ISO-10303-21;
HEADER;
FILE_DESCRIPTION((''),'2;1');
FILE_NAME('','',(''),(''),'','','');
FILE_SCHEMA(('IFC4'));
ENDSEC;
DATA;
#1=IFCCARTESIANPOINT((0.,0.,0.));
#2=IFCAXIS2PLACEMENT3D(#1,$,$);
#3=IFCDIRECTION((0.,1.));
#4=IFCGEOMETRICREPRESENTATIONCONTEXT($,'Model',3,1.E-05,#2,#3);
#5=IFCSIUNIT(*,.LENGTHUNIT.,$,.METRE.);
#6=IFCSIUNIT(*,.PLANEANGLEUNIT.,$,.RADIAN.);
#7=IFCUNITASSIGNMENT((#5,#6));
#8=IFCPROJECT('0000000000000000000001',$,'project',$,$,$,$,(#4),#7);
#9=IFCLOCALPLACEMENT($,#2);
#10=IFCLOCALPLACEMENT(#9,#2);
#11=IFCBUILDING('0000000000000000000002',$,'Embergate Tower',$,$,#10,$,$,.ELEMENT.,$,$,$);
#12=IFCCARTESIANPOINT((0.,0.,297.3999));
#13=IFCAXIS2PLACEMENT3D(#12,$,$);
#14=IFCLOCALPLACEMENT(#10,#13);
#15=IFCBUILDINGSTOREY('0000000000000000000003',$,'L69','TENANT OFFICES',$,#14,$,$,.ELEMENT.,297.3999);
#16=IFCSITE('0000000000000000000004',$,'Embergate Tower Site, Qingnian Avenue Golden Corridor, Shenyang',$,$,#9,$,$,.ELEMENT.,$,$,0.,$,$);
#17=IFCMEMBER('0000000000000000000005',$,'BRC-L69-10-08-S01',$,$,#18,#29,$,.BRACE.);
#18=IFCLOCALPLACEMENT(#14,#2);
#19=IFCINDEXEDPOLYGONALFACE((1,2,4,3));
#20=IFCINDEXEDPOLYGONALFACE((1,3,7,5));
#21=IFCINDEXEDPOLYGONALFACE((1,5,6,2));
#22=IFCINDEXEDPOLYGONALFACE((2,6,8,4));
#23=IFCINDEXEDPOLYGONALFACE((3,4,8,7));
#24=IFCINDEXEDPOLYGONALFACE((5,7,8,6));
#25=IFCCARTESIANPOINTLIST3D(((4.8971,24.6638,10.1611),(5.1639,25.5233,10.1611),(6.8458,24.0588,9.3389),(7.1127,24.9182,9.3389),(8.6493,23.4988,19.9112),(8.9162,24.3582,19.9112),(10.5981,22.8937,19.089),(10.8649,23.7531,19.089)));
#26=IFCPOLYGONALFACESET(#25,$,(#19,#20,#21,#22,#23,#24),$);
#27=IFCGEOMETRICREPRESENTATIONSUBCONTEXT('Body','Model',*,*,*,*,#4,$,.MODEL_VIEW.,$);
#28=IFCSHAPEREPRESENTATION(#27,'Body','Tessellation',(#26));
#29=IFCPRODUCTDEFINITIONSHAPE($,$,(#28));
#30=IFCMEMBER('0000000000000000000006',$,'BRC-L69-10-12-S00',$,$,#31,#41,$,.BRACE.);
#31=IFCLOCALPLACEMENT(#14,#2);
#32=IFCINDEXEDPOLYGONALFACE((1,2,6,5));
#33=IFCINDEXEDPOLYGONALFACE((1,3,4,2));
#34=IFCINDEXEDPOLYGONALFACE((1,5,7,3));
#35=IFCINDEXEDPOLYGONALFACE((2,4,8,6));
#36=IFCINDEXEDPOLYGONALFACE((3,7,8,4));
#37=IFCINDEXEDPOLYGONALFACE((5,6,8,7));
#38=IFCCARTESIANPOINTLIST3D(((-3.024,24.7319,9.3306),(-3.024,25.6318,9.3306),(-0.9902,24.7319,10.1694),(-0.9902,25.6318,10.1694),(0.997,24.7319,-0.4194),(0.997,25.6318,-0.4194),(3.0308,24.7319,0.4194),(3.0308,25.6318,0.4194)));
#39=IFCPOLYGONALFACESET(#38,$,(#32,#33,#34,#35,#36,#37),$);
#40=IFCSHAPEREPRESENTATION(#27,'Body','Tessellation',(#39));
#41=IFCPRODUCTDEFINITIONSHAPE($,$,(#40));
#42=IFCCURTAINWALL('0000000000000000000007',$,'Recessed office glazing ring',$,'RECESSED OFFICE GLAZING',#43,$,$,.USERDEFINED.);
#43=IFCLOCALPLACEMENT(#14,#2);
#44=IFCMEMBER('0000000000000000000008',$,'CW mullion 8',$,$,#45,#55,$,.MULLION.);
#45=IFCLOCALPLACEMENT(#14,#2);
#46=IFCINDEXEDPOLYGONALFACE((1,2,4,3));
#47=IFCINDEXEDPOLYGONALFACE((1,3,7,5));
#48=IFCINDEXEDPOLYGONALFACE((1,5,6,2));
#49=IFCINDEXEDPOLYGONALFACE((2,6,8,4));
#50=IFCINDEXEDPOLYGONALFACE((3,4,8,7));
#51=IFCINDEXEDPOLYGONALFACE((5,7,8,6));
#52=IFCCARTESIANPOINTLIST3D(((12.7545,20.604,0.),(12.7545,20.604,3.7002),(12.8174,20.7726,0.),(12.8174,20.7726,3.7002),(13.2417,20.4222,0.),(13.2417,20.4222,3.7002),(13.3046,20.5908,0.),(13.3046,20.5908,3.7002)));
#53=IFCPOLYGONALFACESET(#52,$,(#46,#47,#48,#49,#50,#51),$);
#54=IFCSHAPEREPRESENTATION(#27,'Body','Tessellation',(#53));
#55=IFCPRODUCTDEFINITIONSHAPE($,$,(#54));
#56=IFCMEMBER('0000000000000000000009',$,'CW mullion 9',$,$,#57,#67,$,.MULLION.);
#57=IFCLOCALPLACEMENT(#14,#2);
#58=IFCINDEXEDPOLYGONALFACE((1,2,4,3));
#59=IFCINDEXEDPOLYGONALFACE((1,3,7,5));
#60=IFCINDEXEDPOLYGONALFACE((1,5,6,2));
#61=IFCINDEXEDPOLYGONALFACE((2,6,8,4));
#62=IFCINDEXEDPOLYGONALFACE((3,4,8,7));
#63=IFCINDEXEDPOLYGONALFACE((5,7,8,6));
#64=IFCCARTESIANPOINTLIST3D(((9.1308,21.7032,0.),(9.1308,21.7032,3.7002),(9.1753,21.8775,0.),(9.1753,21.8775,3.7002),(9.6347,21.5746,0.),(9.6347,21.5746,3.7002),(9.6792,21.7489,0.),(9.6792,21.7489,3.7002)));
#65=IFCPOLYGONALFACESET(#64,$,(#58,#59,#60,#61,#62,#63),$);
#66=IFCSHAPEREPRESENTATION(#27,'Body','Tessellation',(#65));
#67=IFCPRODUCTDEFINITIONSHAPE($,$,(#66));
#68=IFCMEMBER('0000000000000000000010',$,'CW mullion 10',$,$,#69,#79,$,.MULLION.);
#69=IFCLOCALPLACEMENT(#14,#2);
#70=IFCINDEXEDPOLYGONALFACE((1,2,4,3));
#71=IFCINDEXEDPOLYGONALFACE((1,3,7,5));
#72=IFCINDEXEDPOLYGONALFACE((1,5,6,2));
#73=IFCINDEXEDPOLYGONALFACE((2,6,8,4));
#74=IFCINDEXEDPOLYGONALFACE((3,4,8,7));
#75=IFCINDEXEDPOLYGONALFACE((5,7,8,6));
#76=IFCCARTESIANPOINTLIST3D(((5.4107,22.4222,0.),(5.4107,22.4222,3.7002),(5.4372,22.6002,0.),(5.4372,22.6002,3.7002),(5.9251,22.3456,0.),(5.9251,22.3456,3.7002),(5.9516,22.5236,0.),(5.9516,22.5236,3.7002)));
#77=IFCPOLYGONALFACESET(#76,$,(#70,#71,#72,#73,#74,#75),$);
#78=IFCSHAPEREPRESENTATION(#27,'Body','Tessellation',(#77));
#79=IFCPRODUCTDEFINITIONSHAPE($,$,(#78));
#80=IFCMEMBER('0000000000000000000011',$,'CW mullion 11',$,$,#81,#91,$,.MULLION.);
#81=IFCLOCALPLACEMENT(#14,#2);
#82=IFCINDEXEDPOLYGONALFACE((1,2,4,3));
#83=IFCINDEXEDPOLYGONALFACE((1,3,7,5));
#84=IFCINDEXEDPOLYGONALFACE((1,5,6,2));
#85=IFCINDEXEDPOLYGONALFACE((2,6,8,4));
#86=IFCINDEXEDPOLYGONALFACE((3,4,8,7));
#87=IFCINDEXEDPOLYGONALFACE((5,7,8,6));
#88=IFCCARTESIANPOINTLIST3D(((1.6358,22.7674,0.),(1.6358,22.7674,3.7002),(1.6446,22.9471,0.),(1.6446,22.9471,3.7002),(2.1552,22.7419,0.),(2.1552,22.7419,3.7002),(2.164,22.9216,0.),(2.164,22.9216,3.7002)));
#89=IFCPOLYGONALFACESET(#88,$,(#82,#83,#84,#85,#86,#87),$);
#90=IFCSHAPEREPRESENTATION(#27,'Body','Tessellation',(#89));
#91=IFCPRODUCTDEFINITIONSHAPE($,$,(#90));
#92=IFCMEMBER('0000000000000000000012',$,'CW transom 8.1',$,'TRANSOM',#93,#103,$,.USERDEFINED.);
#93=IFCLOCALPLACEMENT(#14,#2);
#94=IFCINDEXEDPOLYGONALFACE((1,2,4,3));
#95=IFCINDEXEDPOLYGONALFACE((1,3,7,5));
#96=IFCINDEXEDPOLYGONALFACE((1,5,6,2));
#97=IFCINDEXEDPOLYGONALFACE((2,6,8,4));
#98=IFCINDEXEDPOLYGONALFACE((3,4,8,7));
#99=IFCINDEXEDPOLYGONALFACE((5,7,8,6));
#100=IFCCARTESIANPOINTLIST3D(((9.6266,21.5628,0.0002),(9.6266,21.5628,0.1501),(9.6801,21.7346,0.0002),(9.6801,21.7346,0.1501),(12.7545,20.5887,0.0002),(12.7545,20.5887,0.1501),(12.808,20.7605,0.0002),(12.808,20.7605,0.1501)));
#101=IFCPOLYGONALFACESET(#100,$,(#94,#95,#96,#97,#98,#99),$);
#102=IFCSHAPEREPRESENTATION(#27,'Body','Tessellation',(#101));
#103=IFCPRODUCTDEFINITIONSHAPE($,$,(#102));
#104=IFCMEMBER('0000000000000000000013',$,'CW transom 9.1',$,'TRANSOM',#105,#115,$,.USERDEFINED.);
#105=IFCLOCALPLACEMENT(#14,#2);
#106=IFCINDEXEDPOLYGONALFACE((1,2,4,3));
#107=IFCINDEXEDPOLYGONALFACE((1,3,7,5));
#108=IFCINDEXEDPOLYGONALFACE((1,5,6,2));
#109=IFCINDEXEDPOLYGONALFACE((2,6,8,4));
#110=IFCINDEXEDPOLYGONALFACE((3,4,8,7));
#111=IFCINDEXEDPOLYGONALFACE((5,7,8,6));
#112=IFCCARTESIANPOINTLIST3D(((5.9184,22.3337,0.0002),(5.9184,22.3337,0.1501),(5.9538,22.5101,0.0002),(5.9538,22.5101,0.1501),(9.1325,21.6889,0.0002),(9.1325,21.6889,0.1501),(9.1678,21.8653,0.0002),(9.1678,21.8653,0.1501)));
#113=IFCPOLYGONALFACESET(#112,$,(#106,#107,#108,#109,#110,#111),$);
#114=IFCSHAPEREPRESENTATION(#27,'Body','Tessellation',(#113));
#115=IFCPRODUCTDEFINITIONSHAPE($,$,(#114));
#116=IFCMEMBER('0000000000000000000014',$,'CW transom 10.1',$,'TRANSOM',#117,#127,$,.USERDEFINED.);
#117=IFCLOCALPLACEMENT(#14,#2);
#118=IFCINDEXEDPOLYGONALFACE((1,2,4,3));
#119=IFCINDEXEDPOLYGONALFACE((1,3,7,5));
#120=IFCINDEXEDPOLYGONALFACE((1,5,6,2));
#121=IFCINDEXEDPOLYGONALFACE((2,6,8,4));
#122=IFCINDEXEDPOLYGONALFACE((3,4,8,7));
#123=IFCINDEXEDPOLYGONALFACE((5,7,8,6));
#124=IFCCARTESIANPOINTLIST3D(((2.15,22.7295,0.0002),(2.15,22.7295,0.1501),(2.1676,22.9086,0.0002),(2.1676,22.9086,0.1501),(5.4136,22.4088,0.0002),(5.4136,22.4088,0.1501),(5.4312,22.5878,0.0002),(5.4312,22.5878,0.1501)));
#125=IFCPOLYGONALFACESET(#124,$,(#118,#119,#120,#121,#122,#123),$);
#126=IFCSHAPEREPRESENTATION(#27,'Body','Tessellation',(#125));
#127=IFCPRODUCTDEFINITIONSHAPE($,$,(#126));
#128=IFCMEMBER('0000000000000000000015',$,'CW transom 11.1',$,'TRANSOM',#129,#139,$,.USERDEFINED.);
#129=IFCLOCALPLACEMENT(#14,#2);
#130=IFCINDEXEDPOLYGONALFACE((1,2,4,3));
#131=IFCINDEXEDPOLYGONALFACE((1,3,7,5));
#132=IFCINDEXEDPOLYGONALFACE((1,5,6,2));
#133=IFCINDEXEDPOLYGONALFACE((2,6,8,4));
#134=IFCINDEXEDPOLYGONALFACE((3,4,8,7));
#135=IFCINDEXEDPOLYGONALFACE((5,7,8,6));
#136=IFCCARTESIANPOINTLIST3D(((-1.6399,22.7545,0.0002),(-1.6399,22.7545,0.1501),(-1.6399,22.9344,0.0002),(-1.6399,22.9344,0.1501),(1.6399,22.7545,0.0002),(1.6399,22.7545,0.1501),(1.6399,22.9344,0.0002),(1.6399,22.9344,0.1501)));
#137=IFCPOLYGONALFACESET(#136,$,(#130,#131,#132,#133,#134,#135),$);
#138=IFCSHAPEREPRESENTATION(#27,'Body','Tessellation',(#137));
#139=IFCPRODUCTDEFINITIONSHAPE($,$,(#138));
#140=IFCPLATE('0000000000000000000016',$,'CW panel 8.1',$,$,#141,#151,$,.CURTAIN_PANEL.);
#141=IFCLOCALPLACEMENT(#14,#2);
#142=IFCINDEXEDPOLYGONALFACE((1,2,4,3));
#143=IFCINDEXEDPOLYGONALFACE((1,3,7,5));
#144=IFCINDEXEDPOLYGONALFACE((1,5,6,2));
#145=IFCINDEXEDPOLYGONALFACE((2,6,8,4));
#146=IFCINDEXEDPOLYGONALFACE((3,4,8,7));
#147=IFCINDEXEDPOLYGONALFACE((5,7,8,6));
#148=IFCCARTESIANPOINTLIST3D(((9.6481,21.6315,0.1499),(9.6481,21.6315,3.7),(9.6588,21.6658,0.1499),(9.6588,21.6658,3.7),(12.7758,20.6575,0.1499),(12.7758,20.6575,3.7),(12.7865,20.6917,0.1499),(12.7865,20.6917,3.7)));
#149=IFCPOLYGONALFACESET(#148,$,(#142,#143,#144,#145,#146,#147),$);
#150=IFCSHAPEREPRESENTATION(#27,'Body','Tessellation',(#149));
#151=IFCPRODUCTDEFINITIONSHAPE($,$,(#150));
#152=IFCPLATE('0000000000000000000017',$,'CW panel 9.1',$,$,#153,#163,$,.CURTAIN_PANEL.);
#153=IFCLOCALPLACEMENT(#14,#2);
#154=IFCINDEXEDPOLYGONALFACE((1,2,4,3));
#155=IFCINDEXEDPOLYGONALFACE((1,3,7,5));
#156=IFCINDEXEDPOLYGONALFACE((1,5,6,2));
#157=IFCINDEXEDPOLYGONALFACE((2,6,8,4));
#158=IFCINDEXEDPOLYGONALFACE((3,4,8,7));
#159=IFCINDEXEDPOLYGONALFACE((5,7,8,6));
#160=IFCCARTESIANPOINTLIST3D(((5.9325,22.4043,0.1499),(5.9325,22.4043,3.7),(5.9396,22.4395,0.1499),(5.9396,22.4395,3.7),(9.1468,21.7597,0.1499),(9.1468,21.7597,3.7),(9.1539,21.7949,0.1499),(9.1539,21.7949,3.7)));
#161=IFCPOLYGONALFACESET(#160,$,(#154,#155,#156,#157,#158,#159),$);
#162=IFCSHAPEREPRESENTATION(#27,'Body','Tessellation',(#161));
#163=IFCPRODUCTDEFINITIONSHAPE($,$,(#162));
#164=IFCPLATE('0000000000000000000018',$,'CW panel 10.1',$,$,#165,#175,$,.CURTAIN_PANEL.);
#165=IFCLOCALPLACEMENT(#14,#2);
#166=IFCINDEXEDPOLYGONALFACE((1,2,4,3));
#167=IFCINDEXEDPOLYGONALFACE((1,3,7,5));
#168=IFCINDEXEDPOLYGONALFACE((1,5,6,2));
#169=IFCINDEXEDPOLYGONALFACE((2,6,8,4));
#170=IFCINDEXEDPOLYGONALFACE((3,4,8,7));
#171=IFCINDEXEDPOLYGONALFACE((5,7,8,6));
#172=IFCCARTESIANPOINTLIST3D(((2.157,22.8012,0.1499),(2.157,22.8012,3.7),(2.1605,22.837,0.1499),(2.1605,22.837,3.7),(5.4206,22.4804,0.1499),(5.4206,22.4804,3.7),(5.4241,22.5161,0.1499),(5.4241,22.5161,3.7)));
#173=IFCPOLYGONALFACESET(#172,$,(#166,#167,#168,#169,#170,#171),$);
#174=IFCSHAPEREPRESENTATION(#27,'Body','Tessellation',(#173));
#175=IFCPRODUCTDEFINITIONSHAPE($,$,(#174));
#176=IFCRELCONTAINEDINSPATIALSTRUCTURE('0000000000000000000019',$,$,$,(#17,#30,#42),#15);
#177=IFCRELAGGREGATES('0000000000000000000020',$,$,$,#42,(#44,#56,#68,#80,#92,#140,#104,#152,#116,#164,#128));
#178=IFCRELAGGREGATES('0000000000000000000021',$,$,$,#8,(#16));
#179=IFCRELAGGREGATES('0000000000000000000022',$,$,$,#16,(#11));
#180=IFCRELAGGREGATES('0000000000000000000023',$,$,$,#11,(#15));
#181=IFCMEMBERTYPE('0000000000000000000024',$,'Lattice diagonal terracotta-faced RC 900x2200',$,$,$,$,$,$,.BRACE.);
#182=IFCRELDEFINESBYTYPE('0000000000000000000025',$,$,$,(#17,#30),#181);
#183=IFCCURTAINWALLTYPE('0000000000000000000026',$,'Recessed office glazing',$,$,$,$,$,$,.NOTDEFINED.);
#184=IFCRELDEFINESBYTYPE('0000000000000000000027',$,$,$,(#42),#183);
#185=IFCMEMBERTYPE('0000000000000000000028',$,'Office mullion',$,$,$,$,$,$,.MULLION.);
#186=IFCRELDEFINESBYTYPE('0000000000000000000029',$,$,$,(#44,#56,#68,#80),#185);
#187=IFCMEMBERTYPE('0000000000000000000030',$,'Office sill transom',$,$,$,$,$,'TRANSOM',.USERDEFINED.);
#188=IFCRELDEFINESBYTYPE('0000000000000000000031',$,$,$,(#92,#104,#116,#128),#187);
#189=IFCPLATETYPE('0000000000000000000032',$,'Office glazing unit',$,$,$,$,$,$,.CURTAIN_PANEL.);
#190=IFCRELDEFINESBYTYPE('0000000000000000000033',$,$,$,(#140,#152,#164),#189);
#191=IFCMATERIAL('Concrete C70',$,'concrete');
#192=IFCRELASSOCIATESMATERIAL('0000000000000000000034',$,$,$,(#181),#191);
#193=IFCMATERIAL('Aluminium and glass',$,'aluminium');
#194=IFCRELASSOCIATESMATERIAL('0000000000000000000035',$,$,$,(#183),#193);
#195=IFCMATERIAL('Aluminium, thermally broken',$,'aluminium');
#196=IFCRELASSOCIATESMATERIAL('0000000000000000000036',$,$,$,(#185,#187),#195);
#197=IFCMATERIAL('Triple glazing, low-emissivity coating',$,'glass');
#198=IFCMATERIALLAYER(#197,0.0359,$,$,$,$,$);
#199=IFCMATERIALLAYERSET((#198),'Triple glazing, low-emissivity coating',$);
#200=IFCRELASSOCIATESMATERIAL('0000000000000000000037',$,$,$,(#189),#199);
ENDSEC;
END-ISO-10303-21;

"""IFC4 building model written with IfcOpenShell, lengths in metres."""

from ifc_helpers import new_model, si_unit, direction, frame, origin, origin_2d, place, context, subcontext, project, spatial, rectangle, extrude, source, transform, mapped, material, layer, layer_set, material_profile, profile_set, type_object, element, aggregate, save


model = new_model("IFC4")

# Units and contexts
model_context = context("Model", 3, precision=1e-05, world=origin(), true_north=direction((0.0, 1.0)))
body_context = subcontext(model_context, "Body", "Model", "MODEL_VIEW")
ifc_project = project(units=[si_unit("LENGTHUNIT", "METRE"), si_unit("PLANEANGLEUNIT", "RADIAN")], contexts=[model_context])

# Site, building, storey
site_placement = place(None, origin())
site = spatial("IfcSite", under=ifc_project, at=site_placement, Name="Embergate Tower Site, Qingnian Avenue Golden Corridor, Shenyang", CompositionType="ELEMENT", RefElevation=0.0)
building_placement = place(site_placement, origin())
building = spatial("IfcBuilding", under=site, at=building_placement, Name="Embergate Tower", CompositionType="ELEMENT")
storey_placement = place(building_placement, frame((0.0, 0.0, 297.3999)))
storey = spatial("IfcBuildingStorey", under=building, at=storey_placement, Name="L69", Description="TENANT OFFICES", CompositionType="ELEMENT", Elevation=297.3999)

# Members
ifc_material_1 = material(Name="Concrete C70", Category="concrete")
ifc_material_profile_1 = material_profile(ifc_material_1, rectangle(XDim=0.8999, YDim=2.2, at=origin_2d()), Name="RC 900x2200")
ifc_profile_set_1 = profile_set([ifc_material_profile_1], Name="Concrete C70")
member_type_1 = type_object("IfcMemberType", Name="Lattice diagonal terracotta-faced RC 900x2200", PredefinedType="BRACE", material=ifc_profile_set_1)
shared_shape_1 = source(origin(), body_context, "Body", "SweptSolid", [
    extrude(rectangle(XDim=0.8999, YDim=2.2, at=origin_2d()), origin(), (0.0, 0.0, 1.0), 10.512),
])
member_1_placement = place(storey_placement, frame((6.0049, 24.791, 9.75), z_axis=(0.35695, -0.110831, 0.927525), x_axis=(0.29653, 0.955023, 0.0)))
element("IfcMember", 1, at=member_1_placement, inside=storey, type_object=member_type_1, Name="BRC-L69-10-08-S01", PredefinedType="BRACE", context=body_context, shape_type="MappedRepresentation", body=[
    mapped(shared_shape_1, transform((0.0, 0.0, 0.0))),
])
shared_shape_2 = source(origin(), body_context, "Body", "SweptSolid", [
    extrude(rectangle(XDim=0.8999, YDim=2.2, at=origin_2d()), origin(), (0.0, 0.0, 1.0), 10.5466),
])
member_2_placement = place(storey_placement, frame((2.0139, 25.1819, 0.0), z_axis=(-0.38126, 0.0, 0.924468), x_axis=(0.0, -1.0, 0.0)))
element("IfcMember", 2, at=member_2_placement, inside=storey, type_object=member_type_1, Name="BRC-L69-10-12-S00", PredefinedType="BRACE", context=body_context, shape_type="MappedRepresentation", body=[
    mapped(shared_shape_2, transform((0.0, 0.0, 0.0))),
])

# Curtain wall, members, plates
ifc_material_2 = material(Name="Aluminium and glass", Category="aluminium")
curtain_wall_type = type_object("IfcCurtainWallType", Name="Recessed office glazing", PredefinedType="NOTDEFINED", material=ifc_material_2)
curtain_wall_placement = place(storey_placement, origin())
curtain_wall = element("IfcCurtainWall", 3, at=curtain_wall_placement, inside=storey, type_object=curtain_wall_type, Name="Recessed office glazing ring", ObjectType="RECESSED OFFICE GLAZING", PredefinedType="USERDEFINED")
ifc_material_3 = material(Name="Aluminium, thermally broken", Category="aluminium")
ifc_material_profile_2 = material_profile(ifc_material_3, rectangle(XDim=0.1799, YDim=0.52, at=origin_2d()), Name="AL 520x180")
ifc_profile_set_2 = profile_set([ifc_material_profile_2], Name="Aluminium, thermally broken")
member_type_2 = type_object("IfcMemberType", Name="Office mullion", PredefinedType="MULLION", material=ifc_profile_set_2)
shared_shape_3 = source(origin(), body_context, "Body", "SweptSolid", [
    extrude(rectangle(XDim=0.1799, YDim=0.52, at=origin_2d()), origin(), (0.0, 0.0, 1.0), 3.7002),
])
member_3_placement = place(storey_placement, frame((13.0295, 20.5974, 0.0), z_axis=(0.0, 0.0, 1.0), x_axis=(-0.349501, -0.936936, 0.0)))
member_3 = element("IfcMember", 4, at=member_3_placement, type_object=member_type_2, Name="CW mullion 8", PredefinedType="MULLION", context=body_context, shape_type="MappedRepresentation", body=[
    mapped(shared_shape_3, transform((0.0, 0.0, 0.0))),
])
member_4_placement = place(storey_placement, frame((9.405, 21.7261, 0.0), z_axis=(0.0, 0.0, 1.0), x_axis=(-0.247312, -0.968936, 0.0)))
member_4 = element("IfcMember", 5, at=member_4_placement, type_object=member_type_2, Name="CW mullion 9", PredefinedType="MULLION", context=body_context, shape_type="MappedRepresentation", body=[
    mapped(shared_shape_3, transform((0.0, 0.0, 0.0))),
])
member_5_placement = place(storey_placement, frame((5.6812, 22.4729, 0.0), z_axis=(0.0, 0.0, 1.0), x_axis=(-0.147412, -0.989075, 0.0)))
member_5 = element("IfcMember", 6, at=member_5_placement, type_object=member_type_2, Name="CW mullion 10", PredefinedType="MULLION", context=body_context, shape_type="MappedRepresentation", body=[
    mapped(shared_shape_3, transform((0.0, 0.0, 0.0))),
])
member_6_placement = place(storey_placement, frame((1.8999, 22.8445, 0.0), z_axis=(0.0, 0.0, 1.0), x_axis=(-0.048972, -0.9988, 0.0)))
member_6 = element("IfcMember", 7, at=member_6_placement, type_object=member_type_2, Name="CW mullion 11", PredefinedType="MULLION", context=body_context, shape_type="MappedRepresentation", body=[
    mapped(shared_shape_3, transform((0.0, 0.0, 0.0))),
])
ifc_material_profile_3 = material_profile(ifc_material_3, rectangle(XDim=0.1799, YDim=0.1499, at=origin_2d()), Name="AL 150x180")
ifc_profile_set_3 = profile_set([ifc_material_profile_3], Name="Aluminium, thermally broken")
member_type_3 = type_object("IfcMemberType", Name="Office sill transom", ElementType="TRANSOM", PredefinedType="USERDEFINED", material=ifc_profile_set_3)
shared_shape_4 = source(origin(), body_context, "Body", "SweptSolid", [
    extrude(rectangle(XDim=0.1799, YDim=0.1499, at=origin_2d()), origin(), (0.0, 0.0, 1.0), 3.2761),
])
member_7_placement = place(storey_placement, frame((12.7812, 20.6746, 0.0752), z_axis=(-0.954771, 0.297341, 0.0), x_axis=(-0.297341, -0.954771, 0.0)))
member_7 = element("IfcMember", 8, at=member_7_placement, type_object=member_type_3, Name="CW transom 8.1", ObjectType="TRANSOM", PredefinedType="USERDEFINED", context=body_context, shape_type="MappedRepresentation", body=[
    mapped(shared_shape_4, transform((0.0, 0.0, 0.0))),
])
shared_shape_5 = source(origin(), body_context, "Body", "SweptSolid", [
    extrude(rectangle(XDim=0.1799, YDim=0.1499, at=origin_2d()), origin(), (0.0, 0.0, 1.0), 3.2781),
])
member_8_placement = place(storey_placement, frame((9.1501, 21.7771, 0.0752), z_axis=(-0.980466, 0.196689, 0.0), x_axis=(-0.196689, -0.980466, 0.0)))
member_8 = element("IfcMember", 9, at=member_8_placement, type_object=member_type_3, Name="CW transom 9.1", ObjectType="TRANSOM", PredefinedType="USERDEFINED", context=body_context, shape_type="MappedRepresentation", body=[
    mapped(shared_shape_5, transform((0.0, 0.0, 0.0))),
])
shared_shape_6 = source(origin(), body_context, "Body", "SweptSolid", [
    extrude(rectangle(XDim=0.1799, YDim=0.1499, at=origin_2d()), origin(), (0.0, 0.0, 1.0), 3.2793),
])
member_9_placement = place(storey_placement, frame((5.4224, 22.4983, 0.0752), z_axis=(-0.995204, 0.097823, 0.0), x_axis=(-0.097823, -0.995204, 0.0)))
member_9 = element("IfcMember", 10, at=member_9_placement, type_object=member_type_3, Name="CW transom 10.1", ObjectType="TRANSOM", PredefinedType="USERDEFINED", context=body_context, shape_type="MappedRepresentation", body=[
    mapped(shared_shape_6, transform((0.0, 0.0, 0.0))),
])
shared_shape_7 = source(origin(), body_context, "Body", "SweptSolid", [
    extrude(rectangle(XDim=0.1799, YDim=0.1499, at=origin_2d()), origin(), (0.0, 0.0, 1.0), 3.2798),
])
member_10_placement = place(storey_placement, frame((1.6399, 22.8445, 0.0752), z_axis=(-1.0, 0.0, 0.0), x_axis=(0.0, -1.0, 0.0)))
member_10 = element("IfcMember", 11, at=member_10_placement, type_object=member_type_3, Name="CW transom 11.1", ObjectType="TRANSOM", PredefinedType="USERDEFINED", context=body_context, shape_type="MappedRepresentation", body=[
    mapped(shared_shape_7, transform((0.0, 0.0, 0.0))),
])
ifc_material_4 = material(Name="Triple glazing, low-emissivity coating", Category="glass")
ifc_layer_1 = layer(ifc_material_4, 0.0359)
ifc_layer_set_1 = layer_set([ifc_layer_1], Name="Triple glazing, low-emissivity coating")
plate_type = type_object("IfcPlateType", Name="Office glazing unit", PredefinedType="CURTAIN_PANEL", material=ifc_layer_set_1)
shared_shape_8 = source(origin(), body_context, "Body", "SweptSolid", [
    extrude(rectangle(XDim=3.2759, YDim=0.0359, at=origin_2d()), origin(), (0.0, 0.0, 1.0), 3.55),
])
plate_1_placement = place(storey_placement, frame((11.2173, 21.1616, 0.1499), z_axis=(0.0, 0.0, 1.0), x_axis=(-0.954771, 0.297342, 0.0)))
plate_1 = element("IfcPlate", 12, at=plate_1_placement, type_object=plate_type, Name="CW panel 8.1", PredefinedType="CURTAIN_PANEL", context=body_context, shape_type="MappedRepresentation", body=[
    mapped(shared_shape_8, transform((0.0, 0.0, 0.0))),
])
shared_shape_9 = source(origin(), body_context, "Body", "SweptSolid", [
    extrude(rectangle(XDim=3.2783, YDim=0.0359, at=origin_2d()), origin(), (0.0, 0.0, 1.0), 3.55),
])
plate_2_placement = place(storey_placement, frame((7.5432, 22.0996, 0.1499), z_axis=(0.0, 0.0, 1.0), x_axis=(-0.980476, 0.196641, 0.0)))
plate_2 = element("IfcPlate", 13, at=plate_2_placement, type_object=plate_type, Name="CW panel 9.1", PredefinedType="CURTAIN_PANEL", context=body_context, shape_type="MappedRepresentation", body=[
    mapped(shared_shape_9, transform((0.0, 0.0, 0.0))),
])
shared_shape_10 = source(origin(), body_context, "Body", "SweptSolid", [
    extrude(rectangle(XDim=3.2793, YDim=0.0359, at=origin_2d()), origin(), (0.0, 0.0, 1.0), 3.55),
])
plate_3_placement = place(storey_placement, frame((3.7905, 22.6587, 0.1499), z_axis=(0.0, 0.0, 1.0), x_axis=(-0.995203, 0.09783, 0.0)))
plate_3 = element("IfcPlate", 14, at=plate_3_placement, type_object=plate_type, Name="CW panel 10.1", PredefinedType="CURTAIN_PANEL", context=body_context, shape_type="MappedRepresentation", body=[
    mapped(shared_shape_10, transform((0.0, 0.0, 0.0))),
])
aggregate(curtain_wall, [member_3, member_4, member_5, member_6, member_7, plate_1, member_8, plate_2, member_9, plate_3, member_10])

save(model, "model.ifc")
